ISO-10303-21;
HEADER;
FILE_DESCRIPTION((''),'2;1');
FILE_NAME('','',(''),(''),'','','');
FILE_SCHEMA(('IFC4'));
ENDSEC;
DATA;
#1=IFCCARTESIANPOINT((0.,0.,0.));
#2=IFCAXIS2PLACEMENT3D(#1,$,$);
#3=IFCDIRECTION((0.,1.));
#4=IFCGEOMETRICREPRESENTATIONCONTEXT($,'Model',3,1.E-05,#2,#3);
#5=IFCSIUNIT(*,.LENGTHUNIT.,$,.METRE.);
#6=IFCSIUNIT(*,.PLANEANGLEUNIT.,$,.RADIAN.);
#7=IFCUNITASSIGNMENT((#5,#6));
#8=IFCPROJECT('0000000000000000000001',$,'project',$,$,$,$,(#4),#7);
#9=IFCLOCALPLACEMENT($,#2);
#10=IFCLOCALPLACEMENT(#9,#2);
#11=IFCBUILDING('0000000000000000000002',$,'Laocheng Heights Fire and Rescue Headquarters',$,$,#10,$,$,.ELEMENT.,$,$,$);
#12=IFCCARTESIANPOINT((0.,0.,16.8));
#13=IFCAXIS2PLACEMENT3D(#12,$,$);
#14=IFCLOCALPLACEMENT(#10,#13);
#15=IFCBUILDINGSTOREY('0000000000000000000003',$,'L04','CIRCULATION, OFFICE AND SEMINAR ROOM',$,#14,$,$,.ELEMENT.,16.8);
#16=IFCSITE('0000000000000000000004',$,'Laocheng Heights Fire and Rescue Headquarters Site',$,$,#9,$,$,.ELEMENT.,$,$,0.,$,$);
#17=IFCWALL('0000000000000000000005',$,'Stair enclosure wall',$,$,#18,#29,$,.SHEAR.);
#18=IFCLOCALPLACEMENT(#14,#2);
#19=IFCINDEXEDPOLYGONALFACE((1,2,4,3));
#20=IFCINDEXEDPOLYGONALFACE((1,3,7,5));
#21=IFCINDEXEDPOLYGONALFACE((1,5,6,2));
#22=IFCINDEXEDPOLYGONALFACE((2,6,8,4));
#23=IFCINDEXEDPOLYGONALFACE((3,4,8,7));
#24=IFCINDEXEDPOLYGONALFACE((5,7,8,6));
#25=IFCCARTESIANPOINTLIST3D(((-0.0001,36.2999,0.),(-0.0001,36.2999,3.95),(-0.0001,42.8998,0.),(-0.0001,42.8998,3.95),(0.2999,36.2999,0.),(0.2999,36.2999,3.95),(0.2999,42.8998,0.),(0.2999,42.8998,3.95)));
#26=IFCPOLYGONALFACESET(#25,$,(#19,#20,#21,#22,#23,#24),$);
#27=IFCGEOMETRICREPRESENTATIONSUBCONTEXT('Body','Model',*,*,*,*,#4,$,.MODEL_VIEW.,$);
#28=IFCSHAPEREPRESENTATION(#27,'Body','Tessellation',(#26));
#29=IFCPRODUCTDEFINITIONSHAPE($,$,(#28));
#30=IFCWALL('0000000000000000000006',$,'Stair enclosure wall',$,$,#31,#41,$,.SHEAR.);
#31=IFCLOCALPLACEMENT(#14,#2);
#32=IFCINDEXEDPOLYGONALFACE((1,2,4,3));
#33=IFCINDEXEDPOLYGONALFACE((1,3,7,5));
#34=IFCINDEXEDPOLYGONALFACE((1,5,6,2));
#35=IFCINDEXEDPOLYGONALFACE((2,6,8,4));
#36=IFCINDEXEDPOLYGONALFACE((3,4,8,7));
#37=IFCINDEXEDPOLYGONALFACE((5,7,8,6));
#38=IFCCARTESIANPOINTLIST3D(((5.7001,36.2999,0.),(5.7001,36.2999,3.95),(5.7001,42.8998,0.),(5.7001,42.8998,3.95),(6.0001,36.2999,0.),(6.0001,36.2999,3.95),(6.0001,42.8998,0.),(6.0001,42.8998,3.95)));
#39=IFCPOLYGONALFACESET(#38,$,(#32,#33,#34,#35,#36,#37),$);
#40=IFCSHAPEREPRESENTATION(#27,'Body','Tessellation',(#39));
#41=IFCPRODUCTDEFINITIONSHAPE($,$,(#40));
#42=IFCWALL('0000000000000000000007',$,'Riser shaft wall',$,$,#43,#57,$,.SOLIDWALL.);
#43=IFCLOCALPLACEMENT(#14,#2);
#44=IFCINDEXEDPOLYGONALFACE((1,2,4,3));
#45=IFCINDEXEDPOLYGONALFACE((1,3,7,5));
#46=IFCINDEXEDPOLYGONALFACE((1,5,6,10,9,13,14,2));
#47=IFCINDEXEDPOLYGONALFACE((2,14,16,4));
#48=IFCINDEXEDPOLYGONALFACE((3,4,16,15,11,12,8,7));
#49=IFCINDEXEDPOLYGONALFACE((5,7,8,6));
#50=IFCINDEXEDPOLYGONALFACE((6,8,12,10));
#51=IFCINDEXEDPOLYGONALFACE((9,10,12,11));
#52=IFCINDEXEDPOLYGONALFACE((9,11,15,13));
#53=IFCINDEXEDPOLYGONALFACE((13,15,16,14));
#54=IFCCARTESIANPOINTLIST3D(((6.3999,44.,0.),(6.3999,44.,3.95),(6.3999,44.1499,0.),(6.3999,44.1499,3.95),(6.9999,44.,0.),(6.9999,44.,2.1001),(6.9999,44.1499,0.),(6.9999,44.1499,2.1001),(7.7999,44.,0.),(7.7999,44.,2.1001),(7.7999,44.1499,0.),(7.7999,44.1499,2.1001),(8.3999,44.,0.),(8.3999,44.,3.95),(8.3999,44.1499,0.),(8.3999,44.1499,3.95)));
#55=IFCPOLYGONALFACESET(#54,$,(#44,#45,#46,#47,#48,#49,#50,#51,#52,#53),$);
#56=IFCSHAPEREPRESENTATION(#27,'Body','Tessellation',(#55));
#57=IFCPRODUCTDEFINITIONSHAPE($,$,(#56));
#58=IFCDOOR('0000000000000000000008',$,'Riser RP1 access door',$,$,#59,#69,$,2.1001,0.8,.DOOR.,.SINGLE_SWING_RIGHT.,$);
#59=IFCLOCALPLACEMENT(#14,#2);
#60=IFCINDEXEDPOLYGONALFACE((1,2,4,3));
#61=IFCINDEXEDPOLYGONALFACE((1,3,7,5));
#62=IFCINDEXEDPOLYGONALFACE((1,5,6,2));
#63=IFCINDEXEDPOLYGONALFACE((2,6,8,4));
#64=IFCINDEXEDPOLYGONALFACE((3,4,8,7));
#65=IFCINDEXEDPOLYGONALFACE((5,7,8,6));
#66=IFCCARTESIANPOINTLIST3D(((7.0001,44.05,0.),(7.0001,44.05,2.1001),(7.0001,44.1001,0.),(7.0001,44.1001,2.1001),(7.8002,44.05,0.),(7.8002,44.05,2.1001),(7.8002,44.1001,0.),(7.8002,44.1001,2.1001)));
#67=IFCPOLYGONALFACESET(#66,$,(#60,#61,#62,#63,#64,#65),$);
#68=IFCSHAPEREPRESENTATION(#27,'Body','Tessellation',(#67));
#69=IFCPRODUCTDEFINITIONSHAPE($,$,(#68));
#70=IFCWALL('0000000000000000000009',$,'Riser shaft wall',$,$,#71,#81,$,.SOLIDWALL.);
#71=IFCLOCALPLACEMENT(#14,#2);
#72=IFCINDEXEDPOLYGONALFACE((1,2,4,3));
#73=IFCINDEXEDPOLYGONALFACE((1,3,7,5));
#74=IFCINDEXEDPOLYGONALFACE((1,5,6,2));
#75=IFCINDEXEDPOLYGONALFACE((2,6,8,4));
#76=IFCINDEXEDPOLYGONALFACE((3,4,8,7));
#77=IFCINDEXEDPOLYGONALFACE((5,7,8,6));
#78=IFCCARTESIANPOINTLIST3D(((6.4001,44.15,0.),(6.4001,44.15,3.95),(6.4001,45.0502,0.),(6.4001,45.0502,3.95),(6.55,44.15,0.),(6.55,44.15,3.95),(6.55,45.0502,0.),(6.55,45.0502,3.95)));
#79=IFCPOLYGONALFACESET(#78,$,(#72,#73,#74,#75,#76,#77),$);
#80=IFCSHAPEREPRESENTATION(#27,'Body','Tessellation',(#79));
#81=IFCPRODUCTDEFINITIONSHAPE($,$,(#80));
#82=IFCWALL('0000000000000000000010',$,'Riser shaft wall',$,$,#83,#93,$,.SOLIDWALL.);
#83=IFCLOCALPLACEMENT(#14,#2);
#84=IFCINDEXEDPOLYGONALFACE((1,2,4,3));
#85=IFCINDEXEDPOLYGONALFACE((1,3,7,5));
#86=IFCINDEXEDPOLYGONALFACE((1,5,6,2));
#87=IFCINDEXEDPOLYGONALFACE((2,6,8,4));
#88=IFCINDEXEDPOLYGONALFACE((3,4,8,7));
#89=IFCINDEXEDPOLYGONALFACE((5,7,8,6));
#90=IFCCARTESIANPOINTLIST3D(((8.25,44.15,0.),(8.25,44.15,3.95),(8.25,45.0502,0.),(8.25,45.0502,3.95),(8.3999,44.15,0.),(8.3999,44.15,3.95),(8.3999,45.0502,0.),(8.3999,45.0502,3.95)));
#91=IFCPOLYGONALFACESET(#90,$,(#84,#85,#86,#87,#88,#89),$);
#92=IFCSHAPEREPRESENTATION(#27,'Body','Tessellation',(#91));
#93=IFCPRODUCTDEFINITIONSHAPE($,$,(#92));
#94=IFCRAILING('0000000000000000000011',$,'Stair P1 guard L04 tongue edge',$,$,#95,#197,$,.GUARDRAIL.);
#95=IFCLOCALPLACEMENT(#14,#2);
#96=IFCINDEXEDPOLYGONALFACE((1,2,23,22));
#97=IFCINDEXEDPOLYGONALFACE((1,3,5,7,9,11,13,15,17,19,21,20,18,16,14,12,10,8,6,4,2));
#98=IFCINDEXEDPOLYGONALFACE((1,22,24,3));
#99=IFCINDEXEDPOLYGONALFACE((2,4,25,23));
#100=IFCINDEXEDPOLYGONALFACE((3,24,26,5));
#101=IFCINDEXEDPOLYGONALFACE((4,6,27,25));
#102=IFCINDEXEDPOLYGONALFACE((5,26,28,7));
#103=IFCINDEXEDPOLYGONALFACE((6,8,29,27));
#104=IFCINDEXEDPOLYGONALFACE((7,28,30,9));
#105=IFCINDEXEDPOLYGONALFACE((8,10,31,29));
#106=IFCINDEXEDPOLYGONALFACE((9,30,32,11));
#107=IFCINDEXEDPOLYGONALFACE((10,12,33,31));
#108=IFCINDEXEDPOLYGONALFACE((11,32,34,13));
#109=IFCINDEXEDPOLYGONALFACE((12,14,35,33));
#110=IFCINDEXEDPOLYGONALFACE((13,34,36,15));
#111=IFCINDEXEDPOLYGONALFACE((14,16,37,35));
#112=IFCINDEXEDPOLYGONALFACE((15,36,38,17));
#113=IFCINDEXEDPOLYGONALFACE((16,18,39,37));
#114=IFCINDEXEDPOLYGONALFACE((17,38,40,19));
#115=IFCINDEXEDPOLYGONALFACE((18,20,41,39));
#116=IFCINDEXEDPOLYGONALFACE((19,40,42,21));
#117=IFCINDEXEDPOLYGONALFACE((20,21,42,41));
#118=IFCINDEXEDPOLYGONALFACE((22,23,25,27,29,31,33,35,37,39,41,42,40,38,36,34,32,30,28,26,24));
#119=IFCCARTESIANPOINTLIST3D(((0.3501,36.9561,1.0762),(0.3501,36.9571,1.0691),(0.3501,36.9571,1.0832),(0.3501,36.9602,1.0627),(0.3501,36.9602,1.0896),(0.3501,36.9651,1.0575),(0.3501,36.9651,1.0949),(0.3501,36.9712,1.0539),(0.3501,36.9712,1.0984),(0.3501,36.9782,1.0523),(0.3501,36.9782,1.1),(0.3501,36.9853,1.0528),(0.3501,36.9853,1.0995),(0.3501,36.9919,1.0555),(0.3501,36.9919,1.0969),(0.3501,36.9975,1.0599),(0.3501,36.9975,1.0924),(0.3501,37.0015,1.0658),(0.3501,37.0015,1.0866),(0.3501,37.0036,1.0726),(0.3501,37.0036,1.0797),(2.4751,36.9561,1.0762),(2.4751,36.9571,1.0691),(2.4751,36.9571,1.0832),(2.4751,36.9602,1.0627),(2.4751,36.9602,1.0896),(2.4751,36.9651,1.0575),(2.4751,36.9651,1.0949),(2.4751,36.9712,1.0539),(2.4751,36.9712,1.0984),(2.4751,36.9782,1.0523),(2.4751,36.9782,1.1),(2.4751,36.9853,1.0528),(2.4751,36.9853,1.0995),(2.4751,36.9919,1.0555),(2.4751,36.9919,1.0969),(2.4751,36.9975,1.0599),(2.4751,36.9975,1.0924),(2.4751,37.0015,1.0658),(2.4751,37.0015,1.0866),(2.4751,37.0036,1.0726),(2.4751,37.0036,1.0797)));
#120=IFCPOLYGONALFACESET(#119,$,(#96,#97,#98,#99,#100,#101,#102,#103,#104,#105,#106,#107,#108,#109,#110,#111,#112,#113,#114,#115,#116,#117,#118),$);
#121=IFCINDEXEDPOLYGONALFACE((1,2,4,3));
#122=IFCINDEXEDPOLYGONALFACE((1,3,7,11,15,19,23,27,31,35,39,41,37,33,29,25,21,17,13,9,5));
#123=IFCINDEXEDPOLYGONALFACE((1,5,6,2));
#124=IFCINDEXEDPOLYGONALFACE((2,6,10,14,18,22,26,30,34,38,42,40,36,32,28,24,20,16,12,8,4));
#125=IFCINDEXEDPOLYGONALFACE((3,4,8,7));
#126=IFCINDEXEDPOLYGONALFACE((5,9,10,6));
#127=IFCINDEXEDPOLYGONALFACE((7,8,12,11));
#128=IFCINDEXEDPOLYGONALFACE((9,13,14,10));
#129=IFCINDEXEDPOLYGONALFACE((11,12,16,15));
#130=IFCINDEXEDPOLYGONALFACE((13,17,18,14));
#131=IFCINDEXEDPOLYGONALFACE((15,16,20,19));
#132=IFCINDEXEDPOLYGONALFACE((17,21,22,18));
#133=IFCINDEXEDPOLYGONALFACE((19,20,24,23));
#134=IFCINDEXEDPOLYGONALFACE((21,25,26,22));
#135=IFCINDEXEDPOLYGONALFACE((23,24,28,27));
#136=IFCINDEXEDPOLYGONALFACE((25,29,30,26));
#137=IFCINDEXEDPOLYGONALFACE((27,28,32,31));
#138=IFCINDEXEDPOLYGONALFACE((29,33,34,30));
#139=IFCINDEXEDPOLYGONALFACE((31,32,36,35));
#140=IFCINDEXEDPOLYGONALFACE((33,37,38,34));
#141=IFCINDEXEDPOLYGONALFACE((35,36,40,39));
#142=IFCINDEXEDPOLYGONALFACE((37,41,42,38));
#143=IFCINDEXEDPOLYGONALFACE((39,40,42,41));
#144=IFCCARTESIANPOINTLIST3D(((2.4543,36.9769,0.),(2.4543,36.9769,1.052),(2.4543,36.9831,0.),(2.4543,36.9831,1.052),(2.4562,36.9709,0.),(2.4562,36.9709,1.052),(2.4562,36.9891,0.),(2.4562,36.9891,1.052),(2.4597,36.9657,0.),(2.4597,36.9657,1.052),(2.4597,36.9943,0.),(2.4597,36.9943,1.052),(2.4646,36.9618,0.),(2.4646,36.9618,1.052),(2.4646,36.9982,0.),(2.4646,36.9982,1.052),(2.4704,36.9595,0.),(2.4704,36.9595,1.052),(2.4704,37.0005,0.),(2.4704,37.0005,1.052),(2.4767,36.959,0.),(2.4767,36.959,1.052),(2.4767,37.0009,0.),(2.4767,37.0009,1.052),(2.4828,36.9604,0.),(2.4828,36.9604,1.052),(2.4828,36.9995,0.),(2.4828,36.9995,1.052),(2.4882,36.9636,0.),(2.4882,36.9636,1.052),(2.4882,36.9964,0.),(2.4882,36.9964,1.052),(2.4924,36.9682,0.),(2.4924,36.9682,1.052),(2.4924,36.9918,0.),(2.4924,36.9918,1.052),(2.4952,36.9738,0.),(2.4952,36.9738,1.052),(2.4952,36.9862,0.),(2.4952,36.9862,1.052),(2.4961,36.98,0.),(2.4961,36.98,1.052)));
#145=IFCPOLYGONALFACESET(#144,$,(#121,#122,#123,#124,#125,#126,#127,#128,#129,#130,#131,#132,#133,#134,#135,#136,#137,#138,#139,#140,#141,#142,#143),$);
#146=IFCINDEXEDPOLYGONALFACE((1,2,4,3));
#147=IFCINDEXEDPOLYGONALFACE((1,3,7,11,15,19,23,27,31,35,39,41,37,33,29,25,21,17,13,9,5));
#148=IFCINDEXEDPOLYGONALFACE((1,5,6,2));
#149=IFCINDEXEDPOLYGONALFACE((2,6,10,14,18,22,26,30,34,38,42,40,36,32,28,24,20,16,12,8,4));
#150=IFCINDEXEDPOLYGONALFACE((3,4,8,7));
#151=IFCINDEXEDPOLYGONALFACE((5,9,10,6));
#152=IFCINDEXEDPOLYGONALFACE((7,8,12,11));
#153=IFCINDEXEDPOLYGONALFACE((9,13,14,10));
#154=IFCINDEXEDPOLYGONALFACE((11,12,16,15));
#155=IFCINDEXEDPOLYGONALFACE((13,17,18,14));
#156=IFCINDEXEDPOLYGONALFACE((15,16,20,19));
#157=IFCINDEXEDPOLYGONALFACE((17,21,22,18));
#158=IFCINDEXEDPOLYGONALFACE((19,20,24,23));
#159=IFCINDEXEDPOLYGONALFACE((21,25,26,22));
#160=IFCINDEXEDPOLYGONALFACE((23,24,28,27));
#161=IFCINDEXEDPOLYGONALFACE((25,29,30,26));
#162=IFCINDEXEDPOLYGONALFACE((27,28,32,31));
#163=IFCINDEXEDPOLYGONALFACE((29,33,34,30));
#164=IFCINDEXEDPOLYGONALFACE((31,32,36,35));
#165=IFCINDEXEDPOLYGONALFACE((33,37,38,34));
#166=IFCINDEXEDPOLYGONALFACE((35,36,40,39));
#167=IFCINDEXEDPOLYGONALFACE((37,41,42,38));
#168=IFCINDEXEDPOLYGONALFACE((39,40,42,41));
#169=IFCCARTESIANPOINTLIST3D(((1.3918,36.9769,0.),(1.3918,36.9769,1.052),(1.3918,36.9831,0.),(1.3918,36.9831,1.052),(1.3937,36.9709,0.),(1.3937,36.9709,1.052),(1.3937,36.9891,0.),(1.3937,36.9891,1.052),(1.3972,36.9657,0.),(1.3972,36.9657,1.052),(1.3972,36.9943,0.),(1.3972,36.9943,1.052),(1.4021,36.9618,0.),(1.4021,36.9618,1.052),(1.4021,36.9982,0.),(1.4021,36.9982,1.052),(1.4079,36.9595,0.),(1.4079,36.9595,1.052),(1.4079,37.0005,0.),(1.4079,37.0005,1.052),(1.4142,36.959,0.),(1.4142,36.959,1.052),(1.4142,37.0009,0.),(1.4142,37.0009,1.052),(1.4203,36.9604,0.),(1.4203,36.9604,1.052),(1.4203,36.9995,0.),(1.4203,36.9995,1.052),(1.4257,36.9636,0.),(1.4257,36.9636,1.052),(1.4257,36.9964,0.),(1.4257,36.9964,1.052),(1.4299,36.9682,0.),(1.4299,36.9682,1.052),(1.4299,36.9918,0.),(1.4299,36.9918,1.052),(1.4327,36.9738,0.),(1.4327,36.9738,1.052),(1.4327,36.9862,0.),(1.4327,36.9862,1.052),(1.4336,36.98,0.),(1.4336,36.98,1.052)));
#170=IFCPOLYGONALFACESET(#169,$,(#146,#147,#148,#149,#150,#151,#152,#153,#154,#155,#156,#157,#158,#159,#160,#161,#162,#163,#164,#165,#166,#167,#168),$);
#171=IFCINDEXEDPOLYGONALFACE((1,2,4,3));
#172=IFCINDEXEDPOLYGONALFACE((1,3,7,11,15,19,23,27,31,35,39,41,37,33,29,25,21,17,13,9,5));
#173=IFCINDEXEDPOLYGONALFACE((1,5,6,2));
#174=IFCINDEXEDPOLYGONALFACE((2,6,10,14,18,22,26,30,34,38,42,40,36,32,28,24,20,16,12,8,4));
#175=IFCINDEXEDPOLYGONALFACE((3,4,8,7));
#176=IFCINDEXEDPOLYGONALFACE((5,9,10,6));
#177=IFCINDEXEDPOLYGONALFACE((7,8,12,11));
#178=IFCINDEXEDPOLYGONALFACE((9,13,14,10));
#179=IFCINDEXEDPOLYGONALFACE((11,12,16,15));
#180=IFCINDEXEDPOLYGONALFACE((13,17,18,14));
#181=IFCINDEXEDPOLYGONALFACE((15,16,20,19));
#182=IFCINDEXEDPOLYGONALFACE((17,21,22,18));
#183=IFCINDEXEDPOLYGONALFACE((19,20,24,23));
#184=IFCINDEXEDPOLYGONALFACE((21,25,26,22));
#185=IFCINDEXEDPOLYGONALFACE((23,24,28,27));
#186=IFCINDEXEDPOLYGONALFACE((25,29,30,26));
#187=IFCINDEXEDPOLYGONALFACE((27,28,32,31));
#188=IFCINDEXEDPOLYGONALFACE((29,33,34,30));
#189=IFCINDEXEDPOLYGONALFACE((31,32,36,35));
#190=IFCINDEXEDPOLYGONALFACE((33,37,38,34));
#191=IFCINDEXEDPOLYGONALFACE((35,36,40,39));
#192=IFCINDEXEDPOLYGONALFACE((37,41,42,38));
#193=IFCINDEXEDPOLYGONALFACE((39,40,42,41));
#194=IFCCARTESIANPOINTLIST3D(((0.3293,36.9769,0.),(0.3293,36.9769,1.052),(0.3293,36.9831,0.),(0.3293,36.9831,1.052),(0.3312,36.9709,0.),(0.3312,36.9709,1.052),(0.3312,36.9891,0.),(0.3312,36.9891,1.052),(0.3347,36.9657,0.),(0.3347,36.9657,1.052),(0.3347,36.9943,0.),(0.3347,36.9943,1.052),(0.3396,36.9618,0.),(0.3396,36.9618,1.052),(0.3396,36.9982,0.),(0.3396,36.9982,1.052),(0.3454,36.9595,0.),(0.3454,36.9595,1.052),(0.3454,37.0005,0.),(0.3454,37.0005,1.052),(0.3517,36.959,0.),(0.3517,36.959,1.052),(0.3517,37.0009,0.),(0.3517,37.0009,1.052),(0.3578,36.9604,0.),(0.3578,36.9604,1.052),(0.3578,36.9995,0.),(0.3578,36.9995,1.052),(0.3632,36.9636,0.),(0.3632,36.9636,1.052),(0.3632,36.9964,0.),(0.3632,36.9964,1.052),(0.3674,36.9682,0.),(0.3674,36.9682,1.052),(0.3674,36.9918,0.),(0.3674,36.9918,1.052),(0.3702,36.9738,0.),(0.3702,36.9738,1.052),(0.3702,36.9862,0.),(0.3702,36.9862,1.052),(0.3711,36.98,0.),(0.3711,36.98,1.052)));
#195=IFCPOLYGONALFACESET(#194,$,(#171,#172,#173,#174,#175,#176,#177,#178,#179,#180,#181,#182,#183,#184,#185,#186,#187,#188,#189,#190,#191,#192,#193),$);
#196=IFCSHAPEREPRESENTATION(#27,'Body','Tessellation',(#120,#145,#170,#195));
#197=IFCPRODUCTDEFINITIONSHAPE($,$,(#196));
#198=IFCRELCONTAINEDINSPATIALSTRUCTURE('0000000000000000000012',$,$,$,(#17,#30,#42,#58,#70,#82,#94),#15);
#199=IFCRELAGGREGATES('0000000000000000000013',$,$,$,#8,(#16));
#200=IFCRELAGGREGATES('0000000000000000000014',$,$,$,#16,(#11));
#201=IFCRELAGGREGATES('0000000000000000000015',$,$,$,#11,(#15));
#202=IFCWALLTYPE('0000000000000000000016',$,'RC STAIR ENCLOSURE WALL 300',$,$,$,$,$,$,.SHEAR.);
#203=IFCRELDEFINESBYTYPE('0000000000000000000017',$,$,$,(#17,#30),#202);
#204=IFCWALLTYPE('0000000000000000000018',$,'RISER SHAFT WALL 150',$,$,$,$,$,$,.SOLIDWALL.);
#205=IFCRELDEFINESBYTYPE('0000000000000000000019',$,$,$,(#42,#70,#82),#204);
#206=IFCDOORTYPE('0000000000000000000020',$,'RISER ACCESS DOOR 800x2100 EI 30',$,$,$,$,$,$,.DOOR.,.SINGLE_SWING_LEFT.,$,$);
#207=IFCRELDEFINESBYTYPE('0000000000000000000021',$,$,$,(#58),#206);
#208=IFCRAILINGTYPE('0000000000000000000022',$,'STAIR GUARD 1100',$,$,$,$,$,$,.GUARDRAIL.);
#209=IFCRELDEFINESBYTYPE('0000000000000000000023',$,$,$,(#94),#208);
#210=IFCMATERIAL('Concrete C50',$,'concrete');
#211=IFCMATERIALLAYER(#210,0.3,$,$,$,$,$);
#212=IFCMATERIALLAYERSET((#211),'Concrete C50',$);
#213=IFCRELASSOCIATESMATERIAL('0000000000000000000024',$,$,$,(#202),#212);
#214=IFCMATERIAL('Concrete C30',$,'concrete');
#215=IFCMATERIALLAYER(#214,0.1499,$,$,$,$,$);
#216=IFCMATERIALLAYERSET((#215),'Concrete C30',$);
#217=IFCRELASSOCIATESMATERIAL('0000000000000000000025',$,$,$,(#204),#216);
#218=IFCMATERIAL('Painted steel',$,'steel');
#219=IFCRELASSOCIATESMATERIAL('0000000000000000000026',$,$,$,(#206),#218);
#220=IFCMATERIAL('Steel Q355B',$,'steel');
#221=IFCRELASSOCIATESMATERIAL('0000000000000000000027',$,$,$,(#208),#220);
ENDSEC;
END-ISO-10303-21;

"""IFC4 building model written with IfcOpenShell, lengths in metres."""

from ifc_helpers import new_model, si_unit, direction, frame, frame_2d, origin, origin_2d, place, context, subcontext, project, spatial, rectangle, circle, extrude, material, layer, layer_set, type_object, element, fill, save


model = new_model("IFC4")

# Units and contexts
model_context = context("Model", 3, precision=1e-05, world=origin(), true_north=direction((0.0, 1.0)))
body_context = subcontext(model_context, "Body", "Model", "MODEL_VIEW")
ifc_project = project(units=[si_unit("LENGTHUNIT", "METRE"), si_unit("PLANEANGLEUNIT", "RADIAN")], contexts=[model_context])

# Site, building, storey
site_placement = place(None, origin())
site = spatial("IfcSite", under=ifc_project, at=site_placement, Name="Laocheng Heights Fire and Rescue Headquarters Site", CompositionType="ELEMENT", RefElevation=0.0)
building_placement = place(site_placement, origin())
building = spatial("IfcBuilding", under=site, at=building_placement, Name="Laocheng Heights Fire and Rescue Headquarters", CompositionType="ELEMENT")
storey_placement = place(building_placement, frame((0.0, 0.0, 16.8)))
storey = spatial("IfcBuildingStorey", under=building, at=storey_placement, Name="L04", Description="CIRCULATION, OFFICE AND SEMINAR ROOM", CompositionType="ELEMENT", Elevation=16.8)

# Walls
ifc_material_1 = material(Name="Concrete C50", Category="concrete")
ifc_layer_1 = layer(ifc_material_1, 0.3)
ifc_layer_set_1 = layer_set([ifc_layer_1], Name="Concrete C50")
wall_type_1 = type_object("IfcWallType", Name="RC STAIR ENCLOSURE WALL 300", PredefinedType="SHEAR", material=ifc_layer_set_1)
for number, where, z_axis, x_axis, name in (
    (1, (0.1499, 36.3, 0.0), (0.0, 0.0, 1.0), (0.0, 1.0, 0.0), "Stair enclosure wall"),
    (2, (5.8501, 36.3, 0.0), (0.0, 0.0, 1.0), (0.0, 1.0, 0.0), "Stair enclosure wall"),
):
    element("IfcWall", number, at=place(storey_placement, frame(where, z_axis=z_axis, x_axis=x_axis)), inside=storey, type_object=wall_type_1, Name=name, PredefinedType="SHEAR", context=body_context, shape_type="SweptSolid", body=[
        extrude(rectangle(XDim=6.5999, YDim=0.3, at=frame_2d((3.2998, 0.0))), origin(), (0.0, 0.0, 1.0), 3.95),
    ])

# Wall, opening, door
ifc_material_2 = material(Name="Concrete C30", Category="concrete")
ifc_layer_2 = layer(ifc_material_2, 0.1499)
ifc_layer_set_2 = layer_set([ifc_layer_2], Name="Concrete C30")
wall_type_2 = type_object("IfcWallType", Name="RISER SHAFT WALL 150", PredefinedType="SOLIDWALL", material=ifc_layer_set_2)
wall_1_placement = place(storey_placement, frame((6.3999, 44.075, 0.0), z_axis=(0.0, 0.0, 1.0), x_axis=(1.0, 0.0, 0.0)))
wall_1 = element("IfcWall", 3, at=wall_1_placement, inside=storey, type_object=wall_type_2, Name="Riser shaft wall", PredefinedType="SOLIDWALL", context=body_context, shape_type="SweptSolid", body=[
    extrude(rectangle(XDim=2.0, YDim=0.1499, at=frame_2d((1.0, 0.0))), origin(), (0.0, 0.0, 1.0), 3.95),
])
opening_1_placement = place(wall_1_placement, frame((0.6001, 0.0, 0.0)))
opening_1 = element("IfcOpeningElement", 4, at=opening_1_placement, cuts=wall_1, PredefinedType="OPENING", context=body_context, shape_type="SweptSolid", body=[
    extrude(rectangle(XDim=0.8, YDim=2.1001, at=frame_2d((0.3999, 1.05))), frame((0.0, 0.085, 0.0), z_axis=(0.0, -1.0, 0.0), x_axis=(1.0, 0.0, 0.0)), (0.0, 0.0, 1.0), 0.1699),
])
ifc_material_3 = material(Name="Painted steel", Category="steel")
door_type_1 = type_object("IfcDoorType", Name="RISER ACCESS DOOR 800x2100 EI 30", OperationType="SINGLE_SWING_LEFT", PredefinedType="DOOR", material=ifc_material_3)
door_1_placement = place(opening_1_placement, frame((0.8, 0.0, 0.0), z_axis=(0.0, 0.0, 1.0), x_axis=(-1.0, 0.0, 0.0)))
door_1 = element("IfcDoor", 5, at=door_1_placement, inside=storey, type_object=door_type_1, Name="Riser RP1 access door", OperationType="SINGLE_SWING_RIGHT", OverallHeight=2.1001, OverallWidth=0.8, PredefinedType="DOOR", context=body_context, shape_type="SweptSolid", body=[
    extrude(rectangle(XDim=0.8, YDim=2.1001, at=frame_2d((0.3999, 1.05))), frame((0.0, 0.0249, 0.0), z_axis=(0.0, -1.0, 0.0), x_axis=(1.0, 0.0, 0.0)), (0.0, 0.0, 1.0), 0.05),
])
fill(opening_1, door_1)

# Walls
for number, where, z_axis, x_axis, name in (
    (6, (6.4751, 44.1499, 0.0), (0.0, 0.0, 1.0), (0.0, 1.0, 0.0), "Riser shaft wall"),
    (7, (8.325, 44.1499, 0.0), (0.0, 0.0, 1.0), (0.0, 1.0, 0.0), "Riser shaft wall"),
):
    element("IfcWall", number, at=place(storey_placement, frame(where, z_axis=z_axis, x_axis=x_axis)), inside=storey, type_object=wall_type_2, Name=name, PredefinedType="SOLIDWALL", context=body_context, shape_type="SweptSolid", body=[
        extrude(rectangle(XDim=0.9001, YDim=0.1499, at=frame_2d((0.4502, 0.0))), origin(), (0.0, 0.0, 1.0), 3.95),
    ])

# Railing
ifc_material_4 = material(Name="Steel Q355B", Category="steel")
railing_type = type_object("IfcRailingType", Name="STAIR GUARD 1100", PredefinedType="GUARDRAIL", material=ifc_material_4)
railing_1_placement = place(storey_placement, frame((2.4751, 36.98, 0.0)))
element("IfcRailing", 8, at=railing_1_placement, inside=storey, type_object=railing_type, Name="Stair P1 guard L04 tongue edge", PredefinedType="GUARDRAIL", context=body_context, shape_type="SweptSolid", body=[
    extrude(circle(Radius=0.0239, at=origin_2d()), frame((0.0, 0.0, 1.0762), z_axis=(-1.0, 0.0, 0.0), x_axis=(0.0, -1.0, 0.0)), (0.0, 0.0, 1.0), 2.125),
    extrude(circle(Radius=0.021, at=origin_2d()), origin(), (0.0, 0.0, 1.0), 1.052),
    extrude(circle(Radius=0.021, at=origin_2d()), frame((-1.0625, 0.0, 0.0)), (0.0, 0.0, 1.0), 1.052),
    extrude(circle(Radius=0.021, at=origin_2d()), frame((-2.125, 0.0, 0.0)), (0.0, 0.0, 1.0), 1.052),
])

save(model, "model.ifc")
